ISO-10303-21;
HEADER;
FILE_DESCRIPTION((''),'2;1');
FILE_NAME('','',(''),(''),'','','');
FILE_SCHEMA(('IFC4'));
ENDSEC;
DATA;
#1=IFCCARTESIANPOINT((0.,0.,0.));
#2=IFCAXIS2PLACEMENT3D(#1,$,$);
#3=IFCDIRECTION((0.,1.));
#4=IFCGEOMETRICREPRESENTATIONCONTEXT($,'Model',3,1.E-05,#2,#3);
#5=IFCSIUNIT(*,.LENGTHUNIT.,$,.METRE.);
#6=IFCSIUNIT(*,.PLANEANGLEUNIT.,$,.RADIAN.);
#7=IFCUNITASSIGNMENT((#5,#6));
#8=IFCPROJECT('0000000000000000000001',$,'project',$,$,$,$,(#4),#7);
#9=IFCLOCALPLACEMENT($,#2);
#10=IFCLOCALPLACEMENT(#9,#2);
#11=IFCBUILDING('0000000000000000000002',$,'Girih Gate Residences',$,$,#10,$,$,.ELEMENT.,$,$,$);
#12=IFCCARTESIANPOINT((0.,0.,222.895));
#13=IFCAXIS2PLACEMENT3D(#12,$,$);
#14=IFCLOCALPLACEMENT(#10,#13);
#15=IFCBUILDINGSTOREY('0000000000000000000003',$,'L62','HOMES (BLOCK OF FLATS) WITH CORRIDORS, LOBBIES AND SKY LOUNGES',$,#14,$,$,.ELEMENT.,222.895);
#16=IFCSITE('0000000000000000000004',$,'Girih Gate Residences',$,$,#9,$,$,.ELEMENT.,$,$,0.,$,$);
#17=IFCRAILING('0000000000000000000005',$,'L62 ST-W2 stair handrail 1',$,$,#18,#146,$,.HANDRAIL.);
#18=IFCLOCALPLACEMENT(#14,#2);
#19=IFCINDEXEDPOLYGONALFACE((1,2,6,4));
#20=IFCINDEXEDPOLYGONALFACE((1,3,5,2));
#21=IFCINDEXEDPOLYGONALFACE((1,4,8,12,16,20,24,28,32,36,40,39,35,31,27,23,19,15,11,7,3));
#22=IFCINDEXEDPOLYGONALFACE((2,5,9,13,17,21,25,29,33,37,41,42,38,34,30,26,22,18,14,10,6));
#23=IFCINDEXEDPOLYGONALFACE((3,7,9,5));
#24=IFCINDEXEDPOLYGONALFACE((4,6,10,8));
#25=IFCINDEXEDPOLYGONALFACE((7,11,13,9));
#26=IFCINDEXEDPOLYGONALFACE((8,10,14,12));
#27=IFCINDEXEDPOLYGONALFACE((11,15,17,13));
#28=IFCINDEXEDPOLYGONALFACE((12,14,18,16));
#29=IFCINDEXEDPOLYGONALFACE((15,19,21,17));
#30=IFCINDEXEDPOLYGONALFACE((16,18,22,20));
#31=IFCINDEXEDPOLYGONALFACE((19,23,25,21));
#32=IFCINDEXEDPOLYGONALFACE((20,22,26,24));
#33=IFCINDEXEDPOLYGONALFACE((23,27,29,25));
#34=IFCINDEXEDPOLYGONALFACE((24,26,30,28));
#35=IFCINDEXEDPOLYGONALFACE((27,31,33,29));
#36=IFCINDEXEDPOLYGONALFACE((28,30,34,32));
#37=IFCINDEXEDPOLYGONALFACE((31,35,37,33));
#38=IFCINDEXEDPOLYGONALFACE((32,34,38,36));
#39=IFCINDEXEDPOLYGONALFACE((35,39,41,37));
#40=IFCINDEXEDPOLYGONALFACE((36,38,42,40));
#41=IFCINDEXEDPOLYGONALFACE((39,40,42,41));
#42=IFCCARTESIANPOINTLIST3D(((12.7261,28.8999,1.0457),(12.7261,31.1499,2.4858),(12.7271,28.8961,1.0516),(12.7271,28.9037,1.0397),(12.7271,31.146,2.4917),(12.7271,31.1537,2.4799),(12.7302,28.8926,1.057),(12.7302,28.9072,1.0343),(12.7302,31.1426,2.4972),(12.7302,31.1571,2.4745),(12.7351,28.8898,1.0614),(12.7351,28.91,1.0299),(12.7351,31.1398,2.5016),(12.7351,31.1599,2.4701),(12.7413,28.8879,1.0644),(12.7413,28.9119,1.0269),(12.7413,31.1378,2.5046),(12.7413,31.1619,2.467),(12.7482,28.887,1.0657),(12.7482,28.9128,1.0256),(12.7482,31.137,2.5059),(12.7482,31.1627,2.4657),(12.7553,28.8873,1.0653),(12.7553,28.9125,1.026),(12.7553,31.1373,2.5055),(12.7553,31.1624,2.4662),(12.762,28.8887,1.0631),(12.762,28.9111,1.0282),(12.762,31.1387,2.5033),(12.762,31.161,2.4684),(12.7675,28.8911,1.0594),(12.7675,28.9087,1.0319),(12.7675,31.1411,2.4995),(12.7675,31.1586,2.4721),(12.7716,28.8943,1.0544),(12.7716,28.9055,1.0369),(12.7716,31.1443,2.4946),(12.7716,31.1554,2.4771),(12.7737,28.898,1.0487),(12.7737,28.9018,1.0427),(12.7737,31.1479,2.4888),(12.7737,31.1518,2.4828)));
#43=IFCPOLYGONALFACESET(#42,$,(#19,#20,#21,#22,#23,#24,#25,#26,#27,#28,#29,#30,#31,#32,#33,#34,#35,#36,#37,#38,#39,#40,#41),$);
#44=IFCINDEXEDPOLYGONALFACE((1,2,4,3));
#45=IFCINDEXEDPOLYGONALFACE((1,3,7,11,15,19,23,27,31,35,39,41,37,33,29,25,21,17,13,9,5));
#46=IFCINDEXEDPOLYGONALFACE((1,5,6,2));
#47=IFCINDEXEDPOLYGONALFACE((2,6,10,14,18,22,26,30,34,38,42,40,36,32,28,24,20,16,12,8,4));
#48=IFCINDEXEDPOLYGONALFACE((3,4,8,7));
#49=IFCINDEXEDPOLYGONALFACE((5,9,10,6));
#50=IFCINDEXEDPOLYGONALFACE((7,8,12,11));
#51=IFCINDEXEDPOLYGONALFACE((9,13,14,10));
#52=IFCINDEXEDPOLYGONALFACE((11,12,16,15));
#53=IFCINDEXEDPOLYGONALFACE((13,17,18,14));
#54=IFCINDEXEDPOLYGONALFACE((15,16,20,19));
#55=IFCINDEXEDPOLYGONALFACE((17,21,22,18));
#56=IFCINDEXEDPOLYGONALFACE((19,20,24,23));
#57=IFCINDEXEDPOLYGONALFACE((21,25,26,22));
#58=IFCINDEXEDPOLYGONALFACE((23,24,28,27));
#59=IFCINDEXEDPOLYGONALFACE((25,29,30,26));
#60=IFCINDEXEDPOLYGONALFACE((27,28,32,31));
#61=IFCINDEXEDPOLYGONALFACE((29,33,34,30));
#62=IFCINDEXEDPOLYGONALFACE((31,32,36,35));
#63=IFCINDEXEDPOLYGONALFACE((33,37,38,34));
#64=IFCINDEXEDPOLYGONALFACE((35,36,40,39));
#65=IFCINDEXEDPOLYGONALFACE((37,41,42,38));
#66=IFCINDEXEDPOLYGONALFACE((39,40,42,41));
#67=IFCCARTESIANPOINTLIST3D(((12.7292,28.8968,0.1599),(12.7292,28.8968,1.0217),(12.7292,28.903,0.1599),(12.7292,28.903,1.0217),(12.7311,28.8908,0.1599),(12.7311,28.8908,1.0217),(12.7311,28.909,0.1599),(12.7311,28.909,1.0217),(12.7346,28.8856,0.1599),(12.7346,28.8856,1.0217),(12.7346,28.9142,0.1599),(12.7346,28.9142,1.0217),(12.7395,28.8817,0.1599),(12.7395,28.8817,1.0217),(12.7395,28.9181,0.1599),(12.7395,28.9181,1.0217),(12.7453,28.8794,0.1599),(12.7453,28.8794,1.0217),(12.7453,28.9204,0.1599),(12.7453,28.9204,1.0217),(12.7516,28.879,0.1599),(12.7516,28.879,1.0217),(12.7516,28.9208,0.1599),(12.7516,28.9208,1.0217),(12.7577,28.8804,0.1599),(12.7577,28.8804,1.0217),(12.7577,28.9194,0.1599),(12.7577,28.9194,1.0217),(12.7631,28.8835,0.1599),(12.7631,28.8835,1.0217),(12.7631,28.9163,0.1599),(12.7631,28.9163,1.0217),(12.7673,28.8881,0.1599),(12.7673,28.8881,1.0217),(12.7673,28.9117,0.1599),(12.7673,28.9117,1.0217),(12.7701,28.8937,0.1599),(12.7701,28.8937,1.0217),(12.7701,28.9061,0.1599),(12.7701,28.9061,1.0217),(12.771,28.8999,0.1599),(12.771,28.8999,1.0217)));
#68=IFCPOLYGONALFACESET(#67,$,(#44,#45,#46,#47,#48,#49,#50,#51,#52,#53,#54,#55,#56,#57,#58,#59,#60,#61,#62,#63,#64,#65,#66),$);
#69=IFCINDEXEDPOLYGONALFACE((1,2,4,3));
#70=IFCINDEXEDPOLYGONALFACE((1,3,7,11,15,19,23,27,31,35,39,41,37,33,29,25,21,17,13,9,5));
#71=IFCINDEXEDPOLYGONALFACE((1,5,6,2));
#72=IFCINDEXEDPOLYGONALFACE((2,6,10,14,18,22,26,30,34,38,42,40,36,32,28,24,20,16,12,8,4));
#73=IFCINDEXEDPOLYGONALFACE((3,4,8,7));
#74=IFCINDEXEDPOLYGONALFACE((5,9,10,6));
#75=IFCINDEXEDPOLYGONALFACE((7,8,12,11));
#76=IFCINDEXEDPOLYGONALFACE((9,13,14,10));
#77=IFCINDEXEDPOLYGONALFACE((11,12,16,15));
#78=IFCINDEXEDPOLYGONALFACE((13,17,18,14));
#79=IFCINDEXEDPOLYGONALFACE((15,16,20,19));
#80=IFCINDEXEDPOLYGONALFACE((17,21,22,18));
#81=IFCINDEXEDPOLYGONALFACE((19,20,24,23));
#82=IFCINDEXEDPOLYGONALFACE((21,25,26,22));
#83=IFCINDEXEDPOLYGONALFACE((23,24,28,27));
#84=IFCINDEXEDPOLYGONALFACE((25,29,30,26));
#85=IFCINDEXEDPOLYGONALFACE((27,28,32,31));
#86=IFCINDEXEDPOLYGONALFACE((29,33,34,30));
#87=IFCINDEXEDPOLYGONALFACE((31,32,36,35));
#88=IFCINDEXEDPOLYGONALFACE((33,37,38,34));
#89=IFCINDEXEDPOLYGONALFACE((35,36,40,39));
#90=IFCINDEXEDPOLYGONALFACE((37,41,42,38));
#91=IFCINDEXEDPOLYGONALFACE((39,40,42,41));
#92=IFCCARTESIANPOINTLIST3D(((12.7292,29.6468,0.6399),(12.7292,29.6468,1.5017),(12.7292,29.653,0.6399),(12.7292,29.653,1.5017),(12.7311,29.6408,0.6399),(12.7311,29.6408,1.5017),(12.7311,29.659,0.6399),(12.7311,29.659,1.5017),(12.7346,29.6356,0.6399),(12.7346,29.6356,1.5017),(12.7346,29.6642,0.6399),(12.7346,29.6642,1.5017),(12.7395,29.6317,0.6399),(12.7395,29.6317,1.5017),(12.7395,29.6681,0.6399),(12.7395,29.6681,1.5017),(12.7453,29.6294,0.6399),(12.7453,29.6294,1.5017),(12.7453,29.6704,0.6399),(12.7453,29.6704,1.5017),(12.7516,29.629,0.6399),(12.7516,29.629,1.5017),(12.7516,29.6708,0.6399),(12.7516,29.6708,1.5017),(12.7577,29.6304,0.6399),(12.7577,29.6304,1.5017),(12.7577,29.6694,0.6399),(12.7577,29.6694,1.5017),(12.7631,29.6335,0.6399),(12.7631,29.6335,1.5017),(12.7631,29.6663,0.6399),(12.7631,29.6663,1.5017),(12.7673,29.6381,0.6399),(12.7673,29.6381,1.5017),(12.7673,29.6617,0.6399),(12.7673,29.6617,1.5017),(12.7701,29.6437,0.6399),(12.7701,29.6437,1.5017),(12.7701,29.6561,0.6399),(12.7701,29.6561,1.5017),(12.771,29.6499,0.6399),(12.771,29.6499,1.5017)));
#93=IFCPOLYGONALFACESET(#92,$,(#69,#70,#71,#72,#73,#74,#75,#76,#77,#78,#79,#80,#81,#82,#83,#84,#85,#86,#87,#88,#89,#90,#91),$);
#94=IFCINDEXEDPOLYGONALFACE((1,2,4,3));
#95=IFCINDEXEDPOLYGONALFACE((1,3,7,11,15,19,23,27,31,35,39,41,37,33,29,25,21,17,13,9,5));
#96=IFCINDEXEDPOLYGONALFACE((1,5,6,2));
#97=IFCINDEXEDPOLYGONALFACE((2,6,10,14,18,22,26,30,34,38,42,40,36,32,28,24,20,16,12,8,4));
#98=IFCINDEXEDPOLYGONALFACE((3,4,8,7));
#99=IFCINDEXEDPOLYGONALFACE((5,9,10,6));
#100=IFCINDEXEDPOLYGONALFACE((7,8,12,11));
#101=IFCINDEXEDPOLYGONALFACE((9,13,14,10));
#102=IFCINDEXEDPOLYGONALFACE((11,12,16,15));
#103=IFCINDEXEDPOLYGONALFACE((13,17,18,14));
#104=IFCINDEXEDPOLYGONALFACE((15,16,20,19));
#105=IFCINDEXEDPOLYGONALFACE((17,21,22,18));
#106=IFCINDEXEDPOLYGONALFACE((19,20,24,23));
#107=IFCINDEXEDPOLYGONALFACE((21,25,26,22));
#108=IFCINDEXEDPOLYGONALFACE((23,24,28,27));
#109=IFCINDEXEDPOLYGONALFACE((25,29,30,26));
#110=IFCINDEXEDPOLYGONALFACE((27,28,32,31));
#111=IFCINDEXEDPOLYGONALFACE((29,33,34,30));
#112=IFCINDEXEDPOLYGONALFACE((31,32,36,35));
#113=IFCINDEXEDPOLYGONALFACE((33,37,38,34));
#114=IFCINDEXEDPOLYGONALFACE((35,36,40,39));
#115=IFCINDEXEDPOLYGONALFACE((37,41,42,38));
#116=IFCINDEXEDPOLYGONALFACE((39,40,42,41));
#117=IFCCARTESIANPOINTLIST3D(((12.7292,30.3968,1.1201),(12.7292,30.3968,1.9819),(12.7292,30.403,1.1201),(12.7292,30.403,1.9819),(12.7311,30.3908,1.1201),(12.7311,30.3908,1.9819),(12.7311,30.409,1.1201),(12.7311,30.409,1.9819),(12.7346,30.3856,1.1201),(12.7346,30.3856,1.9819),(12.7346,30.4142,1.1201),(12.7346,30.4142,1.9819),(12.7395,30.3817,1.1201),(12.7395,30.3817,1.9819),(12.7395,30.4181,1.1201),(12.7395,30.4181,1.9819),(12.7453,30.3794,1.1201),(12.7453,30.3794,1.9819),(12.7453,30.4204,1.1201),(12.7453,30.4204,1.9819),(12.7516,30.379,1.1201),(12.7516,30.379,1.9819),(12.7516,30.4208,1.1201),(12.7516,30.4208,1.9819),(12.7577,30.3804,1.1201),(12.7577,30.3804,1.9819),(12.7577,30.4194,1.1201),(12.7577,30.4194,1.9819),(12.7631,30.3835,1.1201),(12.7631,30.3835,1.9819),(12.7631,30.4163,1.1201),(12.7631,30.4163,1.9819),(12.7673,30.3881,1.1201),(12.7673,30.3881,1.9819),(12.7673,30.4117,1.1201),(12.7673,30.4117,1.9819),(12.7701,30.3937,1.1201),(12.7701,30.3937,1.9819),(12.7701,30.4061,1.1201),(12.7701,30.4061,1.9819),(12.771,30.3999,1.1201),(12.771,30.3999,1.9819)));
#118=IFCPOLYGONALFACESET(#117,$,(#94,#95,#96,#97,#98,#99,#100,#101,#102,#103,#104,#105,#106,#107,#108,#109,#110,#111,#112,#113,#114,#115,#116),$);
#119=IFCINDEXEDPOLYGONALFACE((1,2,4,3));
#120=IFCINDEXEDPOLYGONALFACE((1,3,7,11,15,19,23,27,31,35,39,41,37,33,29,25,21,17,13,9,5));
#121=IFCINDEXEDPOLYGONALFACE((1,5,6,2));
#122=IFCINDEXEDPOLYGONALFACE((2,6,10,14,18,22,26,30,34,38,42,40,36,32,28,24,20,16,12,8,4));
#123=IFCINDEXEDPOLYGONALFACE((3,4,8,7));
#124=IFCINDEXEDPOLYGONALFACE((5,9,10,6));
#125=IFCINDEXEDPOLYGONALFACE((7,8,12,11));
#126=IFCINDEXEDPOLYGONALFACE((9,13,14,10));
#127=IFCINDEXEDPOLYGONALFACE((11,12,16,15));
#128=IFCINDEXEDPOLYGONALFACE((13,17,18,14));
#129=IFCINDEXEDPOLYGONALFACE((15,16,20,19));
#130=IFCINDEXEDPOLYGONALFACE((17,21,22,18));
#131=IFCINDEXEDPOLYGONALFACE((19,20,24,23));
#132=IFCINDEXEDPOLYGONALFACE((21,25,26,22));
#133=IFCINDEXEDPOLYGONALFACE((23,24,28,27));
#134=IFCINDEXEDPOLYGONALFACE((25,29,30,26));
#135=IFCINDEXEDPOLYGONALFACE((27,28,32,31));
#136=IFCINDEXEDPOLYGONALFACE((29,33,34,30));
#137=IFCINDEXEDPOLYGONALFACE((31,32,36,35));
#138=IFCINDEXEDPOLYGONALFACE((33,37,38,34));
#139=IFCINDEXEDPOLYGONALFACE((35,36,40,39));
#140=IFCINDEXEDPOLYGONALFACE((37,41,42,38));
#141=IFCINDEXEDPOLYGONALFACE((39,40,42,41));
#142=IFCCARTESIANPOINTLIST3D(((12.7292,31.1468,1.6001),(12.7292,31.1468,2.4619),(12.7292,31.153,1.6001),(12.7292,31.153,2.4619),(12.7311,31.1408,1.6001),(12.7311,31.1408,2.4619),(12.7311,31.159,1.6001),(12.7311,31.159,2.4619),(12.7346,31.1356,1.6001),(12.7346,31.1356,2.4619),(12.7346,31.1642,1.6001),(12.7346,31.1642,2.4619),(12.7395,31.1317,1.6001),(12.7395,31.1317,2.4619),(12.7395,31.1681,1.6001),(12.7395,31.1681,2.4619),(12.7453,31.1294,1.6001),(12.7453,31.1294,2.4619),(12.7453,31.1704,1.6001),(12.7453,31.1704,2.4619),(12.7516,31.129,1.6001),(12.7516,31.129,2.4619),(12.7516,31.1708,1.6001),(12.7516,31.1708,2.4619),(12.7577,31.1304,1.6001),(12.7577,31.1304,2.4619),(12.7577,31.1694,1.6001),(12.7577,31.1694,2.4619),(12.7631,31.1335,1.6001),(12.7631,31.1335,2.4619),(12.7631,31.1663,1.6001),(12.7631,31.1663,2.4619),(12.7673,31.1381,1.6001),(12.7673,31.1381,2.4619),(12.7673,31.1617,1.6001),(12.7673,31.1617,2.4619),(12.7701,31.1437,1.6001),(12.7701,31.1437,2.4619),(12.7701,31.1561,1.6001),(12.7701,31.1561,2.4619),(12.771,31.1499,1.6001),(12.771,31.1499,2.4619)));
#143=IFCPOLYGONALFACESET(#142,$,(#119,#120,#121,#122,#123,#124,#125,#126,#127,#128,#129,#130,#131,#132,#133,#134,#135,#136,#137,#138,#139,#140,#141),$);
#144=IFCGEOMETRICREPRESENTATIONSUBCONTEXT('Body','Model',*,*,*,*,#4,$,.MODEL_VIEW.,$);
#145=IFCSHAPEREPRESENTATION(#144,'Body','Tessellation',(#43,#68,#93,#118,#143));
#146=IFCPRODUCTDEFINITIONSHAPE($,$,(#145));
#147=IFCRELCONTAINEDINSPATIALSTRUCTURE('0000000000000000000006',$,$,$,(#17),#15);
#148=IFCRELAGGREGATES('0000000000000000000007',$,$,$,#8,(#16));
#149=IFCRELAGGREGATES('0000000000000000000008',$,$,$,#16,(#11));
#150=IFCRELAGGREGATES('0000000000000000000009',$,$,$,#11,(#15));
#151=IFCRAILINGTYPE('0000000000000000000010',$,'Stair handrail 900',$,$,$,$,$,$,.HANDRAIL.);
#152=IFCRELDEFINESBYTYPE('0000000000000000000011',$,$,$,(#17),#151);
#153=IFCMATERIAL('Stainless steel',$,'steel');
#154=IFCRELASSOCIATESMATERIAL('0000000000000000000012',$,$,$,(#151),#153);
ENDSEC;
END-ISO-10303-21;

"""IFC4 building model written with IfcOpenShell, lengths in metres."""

from ifc_helpers import new_model, si_unit, direction, frame, origin, origin_2d, place, context, subcontext, project, spatial, circle, extrude, material, type_object, element, save


model = new_model("IFC4")

# Units and contexts
model_context = context("Model", 3, precision=1e-05, world=origin(), true_north=direction((0.0, 1.0)))
body_context = subcontext(model_context, "Body", "Model", "MODEL_VIEW")
ifc_project = project(units=[si_unit("LENGTHUNIT", "METRE"), si_unit("PLANEANGLEUNIT", "RADIAN")], contexts=[model_context])

# Site, building, storey
site_placement = place(None, origin())
site = spatial("IfcSite", under=ifc_project, at=site_placement, Name="Girih Gate Residences", CompositionType="ELEMENT", RefElevation=0.0)
building_placement = place(site_placement, origin())
building = spatial("IfcBuilding", under=site, at=building_placement, Name="Girih Gate Residences", CompositionType="ELEMENT")
storey_placement = place(building_placement, frame((0.0, 0.0, 222.895)))
storey = spatial("IfcBuildingStorey", under=building, at=storey_placement, Name="L62", Description="HOMES (BLOCK OF FLATS) WITH CORRIDORS, LOBBIES AND SKY LOUNGES", CompositionType="ELEMENT", Elevation=222.895)

# Railing
ifc_material_1 = material(Name="Stainless steel", Category="steel")
railing_type_1 = type_object("IfcRailingType", Name="Stair handrail 900", PredefinedType="HANDRAIL", material=ifc_material_1)
railing_1_placement = place(storey_placement, frame((12.75, 28.8999, 0.1599)))
element("IfcRailing", 1, at=railing_1_placement, inside=storey, type_object=railing_type_1, Name="L62 ST-W2 stair handrail 1", PredefinedType="HANDRAIL", context=body_context, shape_type="SweptSolid", body=[
    extrude(circle(Radius=0.0239, at=origin_2d()), frame((0.0, 0.0, 0.8857), z_axis=(0.0, 0.84224, 0.539103), x_axis=(-1.0, 0.0, 0.0)), (0.0, 0.0, 1.0), 2.6714),
    extrude(circle(Radius=0.021, at=origin_2d()), origin(), (0.0, 0.0, 1.0), 0.8618),
    extrude(circle(Radius=0.021, at=origin_2d()), frame((0.0, 0.75, 0.48)), (0.0, 0.0, 1.0), 0.8618),
    extrude(circle(Radius=0.021, at=origin_2d()), frame((0.0, 1.5, 0.9602)), (0.0, 0.0, 1.0), 0.8618),
    extrude(circle(Radius=0.021, at=origin_2d()), frame((0.0, 2.25, 1.4402)), (0.0, 0.0, 1.0), 0.8618),
])

save(model, "model.ifc")
